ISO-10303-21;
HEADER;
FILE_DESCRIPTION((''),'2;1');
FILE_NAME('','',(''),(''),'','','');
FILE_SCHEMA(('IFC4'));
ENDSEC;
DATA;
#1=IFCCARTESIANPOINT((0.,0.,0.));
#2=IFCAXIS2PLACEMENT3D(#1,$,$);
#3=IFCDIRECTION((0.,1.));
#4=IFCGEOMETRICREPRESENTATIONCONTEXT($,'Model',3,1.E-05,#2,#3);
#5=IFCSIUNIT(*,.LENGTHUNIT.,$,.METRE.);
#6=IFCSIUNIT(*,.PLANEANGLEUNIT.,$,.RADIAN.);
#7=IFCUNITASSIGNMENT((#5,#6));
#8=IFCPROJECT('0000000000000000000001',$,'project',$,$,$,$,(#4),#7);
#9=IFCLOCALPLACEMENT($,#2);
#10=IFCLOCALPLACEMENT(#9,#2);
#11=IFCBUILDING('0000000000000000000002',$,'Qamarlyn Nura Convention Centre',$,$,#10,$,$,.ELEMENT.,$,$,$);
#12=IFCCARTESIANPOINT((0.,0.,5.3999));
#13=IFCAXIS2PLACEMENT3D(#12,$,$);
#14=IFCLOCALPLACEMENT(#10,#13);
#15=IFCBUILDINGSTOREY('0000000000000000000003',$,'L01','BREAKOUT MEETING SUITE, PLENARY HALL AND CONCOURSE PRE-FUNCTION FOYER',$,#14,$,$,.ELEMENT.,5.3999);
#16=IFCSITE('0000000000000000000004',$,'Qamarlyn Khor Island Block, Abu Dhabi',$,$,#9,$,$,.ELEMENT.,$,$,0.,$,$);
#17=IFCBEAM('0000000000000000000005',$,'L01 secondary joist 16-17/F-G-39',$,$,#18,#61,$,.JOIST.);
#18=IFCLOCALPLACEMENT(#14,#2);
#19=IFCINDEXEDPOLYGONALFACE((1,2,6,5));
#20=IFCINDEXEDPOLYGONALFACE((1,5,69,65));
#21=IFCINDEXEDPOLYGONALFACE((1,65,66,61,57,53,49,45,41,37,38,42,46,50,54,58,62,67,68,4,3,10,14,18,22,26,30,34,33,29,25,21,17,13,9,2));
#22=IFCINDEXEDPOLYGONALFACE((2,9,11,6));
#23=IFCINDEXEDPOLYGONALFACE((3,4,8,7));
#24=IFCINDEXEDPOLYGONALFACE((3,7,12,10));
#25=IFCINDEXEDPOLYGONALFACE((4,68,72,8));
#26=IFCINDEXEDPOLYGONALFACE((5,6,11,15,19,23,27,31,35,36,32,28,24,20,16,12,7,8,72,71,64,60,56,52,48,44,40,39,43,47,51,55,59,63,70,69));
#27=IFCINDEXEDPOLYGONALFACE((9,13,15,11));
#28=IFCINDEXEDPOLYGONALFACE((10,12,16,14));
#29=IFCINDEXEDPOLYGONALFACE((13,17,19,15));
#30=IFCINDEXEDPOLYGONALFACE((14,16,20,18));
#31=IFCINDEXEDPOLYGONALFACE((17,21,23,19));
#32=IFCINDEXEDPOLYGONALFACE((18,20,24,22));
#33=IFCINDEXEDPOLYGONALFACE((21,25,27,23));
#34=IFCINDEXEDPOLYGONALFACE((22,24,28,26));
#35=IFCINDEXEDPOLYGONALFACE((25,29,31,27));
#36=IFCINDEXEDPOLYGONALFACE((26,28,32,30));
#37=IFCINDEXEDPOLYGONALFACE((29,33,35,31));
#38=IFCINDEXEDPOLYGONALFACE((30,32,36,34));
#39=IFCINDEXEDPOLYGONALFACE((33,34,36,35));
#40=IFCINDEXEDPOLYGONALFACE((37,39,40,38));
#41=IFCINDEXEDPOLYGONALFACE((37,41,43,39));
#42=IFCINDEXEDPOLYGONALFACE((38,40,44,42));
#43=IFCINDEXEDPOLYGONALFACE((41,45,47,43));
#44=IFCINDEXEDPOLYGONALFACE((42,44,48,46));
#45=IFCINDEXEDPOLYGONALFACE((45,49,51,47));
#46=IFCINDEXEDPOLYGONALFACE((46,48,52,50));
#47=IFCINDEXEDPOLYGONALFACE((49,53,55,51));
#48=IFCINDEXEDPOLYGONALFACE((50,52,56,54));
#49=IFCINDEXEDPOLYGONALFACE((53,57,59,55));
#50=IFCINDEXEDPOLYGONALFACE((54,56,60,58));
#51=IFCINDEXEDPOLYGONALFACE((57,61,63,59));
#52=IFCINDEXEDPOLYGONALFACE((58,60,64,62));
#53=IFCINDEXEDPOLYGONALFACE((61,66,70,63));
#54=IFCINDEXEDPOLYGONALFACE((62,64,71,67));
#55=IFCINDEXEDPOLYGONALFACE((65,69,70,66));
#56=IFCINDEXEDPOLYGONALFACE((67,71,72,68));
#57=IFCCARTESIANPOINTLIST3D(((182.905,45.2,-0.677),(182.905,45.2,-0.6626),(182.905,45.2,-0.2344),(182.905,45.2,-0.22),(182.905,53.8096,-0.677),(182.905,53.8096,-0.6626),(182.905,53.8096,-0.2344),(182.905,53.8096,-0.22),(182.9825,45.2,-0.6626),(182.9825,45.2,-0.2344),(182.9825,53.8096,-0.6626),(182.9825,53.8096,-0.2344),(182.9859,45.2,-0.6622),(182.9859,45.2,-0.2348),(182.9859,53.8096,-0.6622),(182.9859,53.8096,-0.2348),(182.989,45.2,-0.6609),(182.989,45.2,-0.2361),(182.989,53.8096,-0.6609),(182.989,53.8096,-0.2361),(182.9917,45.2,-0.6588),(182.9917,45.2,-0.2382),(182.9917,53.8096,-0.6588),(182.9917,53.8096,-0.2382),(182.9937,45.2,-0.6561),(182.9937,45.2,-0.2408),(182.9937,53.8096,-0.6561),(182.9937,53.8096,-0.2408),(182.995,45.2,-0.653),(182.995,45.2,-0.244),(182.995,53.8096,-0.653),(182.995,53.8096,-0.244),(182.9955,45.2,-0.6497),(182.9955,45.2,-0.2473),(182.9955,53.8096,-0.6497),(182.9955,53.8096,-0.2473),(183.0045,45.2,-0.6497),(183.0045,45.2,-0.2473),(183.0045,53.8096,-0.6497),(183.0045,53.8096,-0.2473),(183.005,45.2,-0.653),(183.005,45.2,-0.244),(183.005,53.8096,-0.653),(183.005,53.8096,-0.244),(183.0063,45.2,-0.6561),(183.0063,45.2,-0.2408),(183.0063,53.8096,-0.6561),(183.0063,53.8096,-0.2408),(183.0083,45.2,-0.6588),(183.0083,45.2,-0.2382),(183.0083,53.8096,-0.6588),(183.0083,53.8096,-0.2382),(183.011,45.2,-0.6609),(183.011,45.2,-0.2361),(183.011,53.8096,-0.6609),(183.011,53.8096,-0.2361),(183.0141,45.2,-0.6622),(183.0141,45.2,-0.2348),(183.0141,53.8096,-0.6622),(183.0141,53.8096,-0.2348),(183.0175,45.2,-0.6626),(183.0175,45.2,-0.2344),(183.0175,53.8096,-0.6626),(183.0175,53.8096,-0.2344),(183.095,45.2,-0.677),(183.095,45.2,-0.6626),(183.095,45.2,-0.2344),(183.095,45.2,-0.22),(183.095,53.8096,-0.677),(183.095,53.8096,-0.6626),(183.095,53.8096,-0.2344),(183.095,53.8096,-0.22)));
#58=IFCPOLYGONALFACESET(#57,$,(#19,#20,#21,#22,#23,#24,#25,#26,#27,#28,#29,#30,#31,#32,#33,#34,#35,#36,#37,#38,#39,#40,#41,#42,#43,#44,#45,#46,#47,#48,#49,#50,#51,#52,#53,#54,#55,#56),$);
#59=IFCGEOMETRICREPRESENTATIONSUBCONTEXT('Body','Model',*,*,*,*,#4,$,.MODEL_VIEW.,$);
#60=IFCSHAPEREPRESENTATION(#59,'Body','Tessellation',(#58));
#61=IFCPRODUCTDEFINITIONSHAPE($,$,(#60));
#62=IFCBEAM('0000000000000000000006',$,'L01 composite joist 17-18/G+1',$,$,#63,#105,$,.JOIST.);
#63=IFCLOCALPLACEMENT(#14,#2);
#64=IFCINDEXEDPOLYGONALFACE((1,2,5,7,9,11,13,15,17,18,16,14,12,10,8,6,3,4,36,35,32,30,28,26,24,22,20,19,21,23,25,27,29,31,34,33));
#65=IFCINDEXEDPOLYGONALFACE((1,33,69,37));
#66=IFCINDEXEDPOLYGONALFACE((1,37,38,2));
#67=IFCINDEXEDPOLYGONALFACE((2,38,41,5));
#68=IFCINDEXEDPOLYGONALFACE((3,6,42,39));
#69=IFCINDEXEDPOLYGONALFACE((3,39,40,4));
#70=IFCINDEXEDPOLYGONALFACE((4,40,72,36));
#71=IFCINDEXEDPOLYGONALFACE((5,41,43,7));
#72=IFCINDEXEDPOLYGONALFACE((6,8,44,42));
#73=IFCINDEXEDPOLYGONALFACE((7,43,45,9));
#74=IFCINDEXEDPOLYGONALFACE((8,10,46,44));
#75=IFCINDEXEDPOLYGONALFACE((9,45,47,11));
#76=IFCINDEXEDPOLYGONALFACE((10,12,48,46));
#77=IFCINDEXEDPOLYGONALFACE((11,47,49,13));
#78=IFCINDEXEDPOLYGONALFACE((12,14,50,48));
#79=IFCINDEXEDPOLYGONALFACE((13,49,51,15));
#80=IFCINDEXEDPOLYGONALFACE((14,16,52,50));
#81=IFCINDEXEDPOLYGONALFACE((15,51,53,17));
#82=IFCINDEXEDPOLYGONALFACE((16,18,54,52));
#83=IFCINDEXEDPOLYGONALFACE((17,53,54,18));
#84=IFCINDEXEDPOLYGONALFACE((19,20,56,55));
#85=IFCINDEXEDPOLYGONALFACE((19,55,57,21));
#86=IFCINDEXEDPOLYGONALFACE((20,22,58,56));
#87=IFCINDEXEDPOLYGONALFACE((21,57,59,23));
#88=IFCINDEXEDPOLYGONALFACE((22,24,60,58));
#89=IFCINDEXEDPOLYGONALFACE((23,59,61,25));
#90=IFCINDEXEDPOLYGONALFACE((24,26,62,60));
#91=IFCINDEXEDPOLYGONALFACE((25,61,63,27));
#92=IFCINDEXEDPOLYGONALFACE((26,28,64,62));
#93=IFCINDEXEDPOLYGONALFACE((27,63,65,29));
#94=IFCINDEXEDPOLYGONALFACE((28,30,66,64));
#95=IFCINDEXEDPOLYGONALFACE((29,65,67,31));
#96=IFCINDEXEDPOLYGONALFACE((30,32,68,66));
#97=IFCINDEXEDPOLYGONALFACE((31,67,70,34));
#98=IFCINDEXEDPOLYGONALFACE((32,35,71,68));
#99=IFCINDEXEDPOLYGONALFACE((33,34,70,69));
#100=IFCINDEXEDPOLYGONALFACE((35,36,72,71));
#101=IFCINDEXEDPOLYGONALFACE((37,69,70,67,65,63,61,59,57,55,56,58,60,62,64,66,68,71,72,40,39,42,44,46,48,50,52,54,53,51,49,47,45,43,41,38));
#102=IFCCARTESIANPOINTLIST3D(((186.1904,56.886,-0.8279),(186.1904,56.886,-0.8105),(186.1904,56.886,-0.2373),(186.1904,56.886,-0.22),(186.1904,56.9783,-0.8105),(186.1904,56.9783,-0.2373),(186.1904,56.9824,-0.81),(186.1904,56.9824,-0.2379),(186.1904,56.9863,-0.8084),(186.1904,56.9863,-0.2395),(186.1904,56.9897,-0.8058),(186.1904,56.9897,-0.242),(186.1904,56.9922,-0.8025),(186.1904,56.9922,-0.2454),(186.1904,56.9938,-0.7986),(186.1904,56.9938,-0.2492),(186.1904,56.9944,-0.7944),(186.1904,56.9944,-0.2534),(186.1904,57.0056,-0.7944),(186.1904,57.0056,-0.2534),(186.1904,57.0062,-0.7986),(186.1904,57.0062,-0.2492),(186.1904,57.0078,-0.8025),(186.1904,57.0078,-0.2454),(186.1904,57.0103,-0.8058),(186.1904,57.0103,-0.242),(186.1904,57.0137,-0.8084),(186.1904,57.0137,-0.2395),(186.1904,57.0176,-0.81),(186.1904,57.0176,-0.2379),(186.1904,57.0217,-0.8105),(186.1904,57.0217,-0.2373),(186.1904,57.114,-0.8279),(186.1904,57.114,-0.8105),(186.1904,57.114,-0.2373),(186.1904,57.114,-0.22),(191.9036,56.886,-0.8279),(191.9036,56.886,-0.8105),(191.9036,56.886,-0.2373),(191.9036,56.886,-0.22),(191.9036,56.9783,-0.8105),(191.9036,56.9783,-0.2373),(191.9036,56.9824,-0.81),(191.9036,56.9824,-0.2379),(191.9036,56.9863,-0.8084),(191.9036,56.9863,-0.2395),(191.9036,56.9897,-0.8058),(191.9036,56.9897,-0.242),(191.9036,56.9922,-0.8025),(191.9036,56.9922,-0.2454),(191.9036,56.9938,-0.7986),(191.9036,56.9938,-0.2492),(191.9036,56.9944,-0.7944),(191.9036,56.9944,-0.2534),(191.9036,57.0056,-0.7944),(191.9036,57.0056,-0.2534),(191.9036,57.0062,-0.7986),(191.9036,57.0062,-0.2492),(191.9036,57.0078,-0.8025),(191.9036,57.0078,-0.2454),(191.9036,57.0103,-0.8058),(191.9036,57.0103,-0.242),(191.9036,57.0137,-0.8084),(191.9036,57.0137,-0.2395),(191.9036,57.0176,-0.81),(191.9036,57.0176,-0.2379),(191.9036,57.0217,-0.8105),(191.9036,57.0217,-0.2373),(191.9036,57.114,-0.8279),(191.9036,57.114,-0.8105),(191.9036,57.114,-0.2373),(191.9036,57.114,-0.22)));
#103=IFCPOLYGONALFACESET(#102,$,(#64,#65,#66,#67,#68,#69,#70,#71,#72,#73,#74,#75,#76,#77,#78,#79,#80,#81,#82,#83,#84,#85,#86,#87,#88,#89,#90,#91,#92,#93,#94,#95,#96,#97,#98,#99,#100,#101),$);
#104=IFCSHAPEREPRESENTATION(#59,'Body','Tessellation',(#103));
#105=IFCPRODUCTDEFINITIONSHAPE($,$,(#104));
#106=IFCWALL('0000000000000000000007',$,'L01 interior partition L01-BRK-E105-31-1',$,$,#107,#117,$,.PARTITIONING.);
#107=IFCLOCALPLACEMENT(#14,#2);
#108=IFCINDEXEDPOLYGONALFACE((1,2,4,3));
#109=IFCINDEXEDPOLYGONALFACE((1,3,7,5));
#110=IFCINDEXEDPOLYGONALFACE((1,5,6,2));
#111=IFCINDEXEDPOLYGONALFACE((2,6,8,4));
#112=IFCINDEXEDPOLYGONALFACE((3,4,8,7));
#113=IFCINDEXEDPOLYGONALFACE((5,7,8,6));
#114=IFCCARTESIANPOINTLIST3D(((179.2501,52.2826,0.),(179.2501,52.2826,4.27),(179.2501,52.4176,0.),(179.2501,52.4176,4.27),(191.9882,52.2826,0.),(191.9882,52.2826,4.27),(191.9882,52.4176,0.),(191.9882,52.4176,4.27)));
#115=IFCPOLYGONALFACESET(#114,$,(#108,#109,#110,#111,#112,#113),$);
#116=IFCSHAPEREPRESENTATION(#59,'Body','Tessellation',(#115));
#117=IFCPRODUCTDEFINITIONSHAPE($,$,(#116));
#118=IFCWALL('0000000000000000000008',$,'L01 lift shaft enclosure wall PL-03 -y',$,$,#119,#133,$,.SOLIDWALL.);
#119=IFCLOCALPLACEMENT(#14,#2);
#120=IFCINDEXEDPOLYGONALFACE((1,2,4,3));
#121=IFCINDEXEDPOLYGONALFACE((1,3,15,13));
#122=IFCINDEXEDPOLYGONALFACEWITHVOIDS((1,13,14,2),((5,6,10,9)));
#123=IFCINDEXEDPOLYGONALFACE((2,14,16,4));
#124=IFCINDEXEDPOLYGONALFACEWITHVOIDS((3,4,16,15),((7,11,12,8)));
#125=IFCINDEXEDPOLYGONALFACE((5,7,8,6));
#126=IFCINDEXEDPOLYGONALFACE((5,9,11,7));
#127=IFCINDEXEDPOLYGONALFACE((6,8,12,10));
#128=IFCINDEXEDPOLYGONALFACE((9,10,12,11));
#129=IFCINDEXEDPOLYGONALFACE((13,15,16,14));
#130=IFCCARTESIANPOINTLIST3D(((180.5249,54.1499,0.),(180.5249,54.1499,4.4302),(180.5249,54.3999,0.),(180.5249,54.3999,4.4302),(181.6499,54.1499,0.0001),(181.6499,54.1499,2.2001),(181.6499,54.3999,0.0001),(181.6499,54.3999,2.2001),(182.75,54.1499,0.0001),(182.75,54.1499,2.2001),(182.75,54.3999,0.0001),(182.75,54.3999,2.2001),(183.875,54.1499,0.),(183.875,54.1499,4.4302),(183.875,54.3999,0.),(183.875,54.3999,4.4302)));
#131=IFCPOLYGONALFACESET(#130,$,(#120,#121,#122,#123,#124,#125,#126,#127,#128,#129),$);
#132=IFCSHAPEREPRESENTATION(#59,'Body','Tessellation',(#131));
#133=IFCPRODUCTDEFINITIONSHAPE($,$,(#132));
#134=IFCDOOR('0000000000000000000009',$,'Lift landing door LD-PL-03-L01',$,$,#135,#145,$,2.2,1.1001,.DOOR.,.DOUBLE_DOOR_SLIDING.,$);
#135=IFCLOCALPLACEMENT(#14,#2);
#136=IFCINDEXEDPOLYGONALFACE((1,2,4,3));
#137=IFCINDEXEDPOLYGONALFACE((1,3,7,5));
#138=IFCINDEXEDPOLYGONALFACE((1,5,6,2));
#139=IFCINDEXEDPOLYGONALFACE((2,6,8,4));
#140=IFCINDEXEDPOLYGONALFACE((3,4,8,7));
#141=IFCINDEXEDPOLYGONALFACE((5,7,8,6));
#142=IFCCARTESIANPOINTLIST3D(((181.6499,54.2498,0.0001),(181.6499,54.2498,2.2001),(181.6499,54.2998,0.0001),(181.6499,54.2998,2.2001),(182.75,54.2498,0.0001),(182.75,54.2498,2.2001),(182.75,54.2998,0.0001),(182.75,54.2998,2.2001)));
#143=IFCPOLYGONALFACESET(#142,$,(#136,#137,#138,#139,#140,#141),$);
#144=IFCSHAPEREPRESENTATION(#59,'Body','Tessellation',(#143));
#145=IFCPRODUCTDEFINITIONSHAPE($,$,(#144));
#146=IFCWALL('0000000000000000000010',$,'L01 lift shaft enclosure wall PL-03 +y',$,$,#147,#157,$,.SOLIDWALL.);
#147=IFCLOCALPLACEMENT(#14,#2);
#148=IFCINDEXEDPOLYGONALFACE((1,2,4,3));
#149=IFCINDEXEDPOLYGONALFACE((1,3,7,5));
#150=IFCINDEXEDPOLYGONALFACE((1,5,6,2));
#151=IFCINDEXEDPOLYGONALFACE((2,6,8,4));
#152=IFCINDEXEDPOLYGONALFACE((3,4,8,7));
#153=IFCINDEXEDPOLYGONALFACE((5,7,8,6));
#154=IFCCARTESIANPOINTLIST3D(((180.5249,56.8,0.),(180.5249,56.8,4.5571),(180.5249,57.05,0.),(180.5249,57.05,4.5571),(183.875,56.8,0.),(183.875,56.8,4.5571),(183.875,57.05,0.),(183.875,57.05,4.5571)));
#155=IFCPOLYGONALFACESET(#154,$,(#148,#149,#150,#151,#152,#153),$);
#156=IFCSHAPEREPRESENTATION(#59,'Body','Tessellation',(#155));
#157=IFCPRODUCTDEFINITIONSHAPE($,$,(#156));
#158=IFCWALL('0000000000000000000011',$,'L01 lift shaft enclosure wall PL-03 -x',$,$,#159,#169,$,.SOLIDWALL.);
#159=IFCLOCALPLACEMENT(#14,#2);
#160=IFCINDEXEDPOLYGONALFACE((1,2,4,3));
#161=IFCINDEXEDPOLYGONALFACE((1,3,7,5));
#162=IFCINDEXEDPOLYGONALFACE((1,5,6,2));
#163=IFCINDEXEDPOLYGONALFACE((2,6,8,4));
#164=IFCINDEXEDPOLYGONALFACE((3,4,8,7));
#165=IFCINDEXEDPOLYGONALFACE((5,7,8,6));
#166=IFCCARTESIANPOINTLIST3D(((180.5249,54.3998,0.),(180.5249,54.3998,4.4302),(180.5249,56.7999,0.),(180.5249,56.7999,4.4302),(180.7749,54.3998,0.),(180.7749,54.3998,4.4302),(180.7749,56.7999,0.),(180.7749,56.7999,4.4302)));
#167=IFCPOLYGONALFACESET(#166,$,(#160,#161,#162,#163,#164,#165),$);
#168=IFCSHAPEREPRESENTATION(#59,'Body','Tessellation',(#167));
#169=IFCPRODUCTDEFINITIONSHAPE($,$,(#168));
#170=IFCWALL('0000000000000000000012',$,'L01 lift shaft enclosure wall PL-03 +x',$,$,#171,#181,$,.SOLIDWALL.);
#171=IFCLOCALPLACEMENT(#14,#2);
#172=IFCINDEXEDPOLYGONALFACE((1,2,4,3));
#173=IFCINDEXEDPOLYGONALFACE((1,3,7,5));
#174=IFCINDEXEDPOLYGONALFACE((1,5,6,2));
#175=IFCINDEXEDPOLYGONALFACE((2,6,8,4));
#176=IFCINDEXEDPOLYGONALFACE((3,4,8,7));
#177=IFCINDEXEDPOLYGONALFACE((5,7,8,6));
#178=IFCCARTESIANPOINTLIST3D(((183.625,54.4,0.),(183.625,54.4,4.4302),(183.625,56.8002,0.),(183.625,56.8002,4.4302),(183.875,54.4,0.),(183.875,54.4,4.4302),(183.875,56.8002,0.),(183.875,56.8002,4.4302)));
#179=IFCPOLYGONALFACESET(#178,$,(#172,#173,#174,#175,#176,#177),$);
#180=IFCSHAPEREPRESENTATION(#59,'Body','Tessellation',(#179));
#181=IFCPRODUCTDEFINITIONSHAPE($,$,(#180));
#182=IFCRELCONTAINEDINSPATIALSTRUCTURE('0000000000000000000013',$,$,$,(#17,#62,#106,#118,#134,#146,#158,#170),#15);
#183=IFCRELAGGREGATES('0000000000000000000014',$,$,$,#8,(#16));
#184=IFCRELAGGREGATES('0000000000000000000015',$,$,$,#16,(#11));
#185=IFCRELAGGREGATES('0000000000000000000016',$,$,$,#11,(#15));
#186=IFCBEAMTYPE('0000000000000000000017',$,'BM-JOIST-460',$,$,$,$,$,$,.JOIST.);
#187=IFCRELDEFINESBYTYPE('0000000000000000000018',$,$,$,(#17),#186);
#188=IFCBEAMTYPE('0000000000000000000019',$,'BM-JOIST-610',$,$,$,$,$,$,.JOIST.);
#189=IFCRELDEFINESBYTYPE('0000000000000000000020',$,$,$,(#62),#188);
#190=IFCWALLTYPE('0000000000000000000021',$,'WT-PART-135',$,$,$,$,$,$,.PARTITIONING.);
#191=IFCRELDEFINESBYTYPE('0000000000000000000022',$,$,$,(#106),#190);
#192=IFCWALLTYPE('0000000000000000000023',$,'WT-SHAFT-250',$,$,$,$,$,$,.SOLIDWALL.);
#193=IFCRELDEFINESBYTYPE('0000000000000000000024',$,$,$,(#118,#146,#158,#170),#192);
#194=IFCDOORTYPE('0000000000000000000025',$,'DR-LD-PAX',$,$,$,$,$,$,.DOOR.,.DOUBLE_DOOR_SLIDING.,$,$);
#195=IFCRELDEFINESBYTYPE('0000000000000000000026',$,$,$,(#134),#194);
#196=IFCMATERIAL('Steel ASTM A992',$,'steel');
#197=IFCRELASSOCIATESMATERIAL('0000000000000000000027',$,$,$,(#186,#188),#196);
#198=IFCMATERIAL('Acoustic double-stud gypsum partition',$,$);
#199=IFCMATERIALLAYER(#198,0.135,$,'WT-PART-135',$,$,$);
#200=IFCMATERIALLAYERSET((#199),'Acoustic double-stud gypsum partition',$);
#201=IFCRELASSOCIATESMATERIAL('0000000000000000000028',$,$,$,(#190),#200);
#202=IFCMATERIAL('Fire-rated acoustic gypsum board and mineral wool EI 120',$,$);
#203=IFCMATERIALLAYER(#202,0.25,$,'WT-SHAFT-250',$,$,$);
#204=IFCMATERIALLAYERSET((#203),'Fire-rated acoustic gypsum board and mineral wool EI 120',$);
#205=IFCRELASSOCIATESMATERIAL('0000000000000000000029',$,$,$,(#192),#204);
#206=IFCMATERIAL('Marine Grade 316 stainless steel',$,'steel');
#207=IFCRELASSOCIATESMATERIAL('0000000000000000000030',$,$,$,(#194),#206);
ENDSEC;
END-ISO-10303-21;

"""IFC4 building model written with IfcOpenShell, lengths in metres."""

from ifc_helpers import new_model, si_unit, direction, frame, frame_2d, origin, origin_2d, place, context, subcontext, project, spatial, rectangle, i_section, extrude, material, layer, layer_set, material_profile, profile_set, type_object, element, fill, save


model = new_model("IFC4")

# Units and contexts
model_context = context("Model", 3, precision=1e-05, world=origin(), true_north=direction((0.0, 1.0)))
body_context = subcontext(model_context, "Body", "Model", "MODEL_VIEW")
ifc_project = project(units=[si_unit("LENGTHUNIT", "METRE"), si_unit("PLANEANGLEUNIT", "RADIAN")], contexts=[model_context])

# Site, building, storey
site_placement = place(None, origin())
site = spatial("IfcSite", under=ifc_project, at=site_placement, Name="Qamarlyn Khor Island Block, Abu Dhabi", CompositionType="ELEMENT", RefElevation=0.0)
building_placement = place(site_placement, origin())
building = spatial("IfcBuilding", under=site, at=building_placement, Name="Qamarlyn Nura Convention Centre", CompositionType="ELEMENT")
storey_placement = place(building_placement, frame((0.0, 0.0, 5.3999)))
storey = spatial("IfcBuildingStorey", under=building, at=storey_placement, Name="L01", Description="BREAKOUT MEETING SUITE, PLENARY HALL AND CONCOURSE PRE-FUNCTION FOYER", CompositionType="ELEMENT", Elevation=5.3999)

# Shared definitions
ifc_material_1 = material(Name="Steel ASTM A992", Category="steel")

# Beams
ifc_material_profile_1 = material_profile(ifc_material_1, i_section(OverallWidth=0.1899, OverallDepth=0.457, WebThickness=0.009, FlangeThickness=0.0144, FilletRadius=0.0129, at=origin_2d()), Name="W460X74")
ifc_profile_set_1 = profile_set([ifc_material_profile_1], Name="Steel ASTM A992")
beam_type_1 = type_object("IfcBeamType", Name="BM-JOIST-460", PredefinedType="JOIST", material=ifc_profile_set_1)
beam_1_placement = place(storey_placement, frame((183.0, 45.2, -0.4485), z_axis=(0.0, 1.0, 0.0), x_axis=(-1.0, 0.0, 0.0)))
element("IfcBeam", 1, at=beam_1_placement, inside=storey, type_object=beam_type_1, Name="L01 secondary joist 16-17/F-G-39", PredefinedType="JOIST", context=body_context, shape_type="SweptSolid", body=[
    extrude(i_section(OverallWidth=0.1899, OverallDepth=0.457, WebThickness=0.009, FlangeThickness=0.0144, FilletRadius=0.0129, at=origin_2d()), origin(), (0.0, 0.0, 1.0), 8.6096),
])
ifc_material_profile_2 = material_profile(ifc_material_1, i_section(OverallWidth=0.228, OverallDepth=0.6079, WebThickness=0.0112, FlangeThickness=0.0173, FilletRadius=0.0161, at=origin_2d()), Name="W610X113")
ifc_profile_set_2 = profile_set([ifc_material_profile_2], Name="Steel ASTM A992")
beam_type_2 = type_object("IfcBeamType", Name="BM-JOIST-610", PredefinedType="JOIST", material=ifc_profile_set_2)
beam_2_placement = place(storey_placement, frame((186.1904, 57.0, -0.5239), z_axis=(1.0, 0.0, 0.0), x_axis=(0.0, 1.0, 0.0)))
element("IfcBeam", 2, at=beam_2_placement, inside=storey, type_object=beam_type_2, Name="L01 composite joist 17-18/G+1", PredefinedType="JOIST", context=body_context, shape_type="SweptSolid", body=[
    extrude(i_section(OverallWidth=0.228, OverallDepth=0.6079, WebThickness=0.0112, FlangeThickness=0.0173, FilletRadius=0.0161, at=origin_2d()), origin(), (0.0, 0.0, 1.0), 5.7131),
])

# Wall
ifc_material_2 = material(Name="Acoustic double-stud gypsum partition")
ifc_layer_1 = layer(ifc_material_2, 0.135, Name="WT-PART-135")
ifc_layer_set_1 = layer_set([ifc_layer_1], Name="Acoustic double-stud gypsum partition")
wall_type_1 = type_object("IfcWallType", Name="WT-PART-135", PredefinedType="PARTITIONING", material=ifc_layer_set_1)
wall_1_placement = place(storey_placement, frame((179.25, 52.3501, 0.0), z_axis=(0.0, 0.0, 1.0), x_axis=(1.0, 0.0, 0.0)))
element("IfcWall", 3, at=wall_1_placement, inside=storey, type_object=wall_type_1, Name="L01 interior partition L01-BRK-E105-31-1", PredefinedType="PARTITIONING", context=body_context, shape_type="SweptSolid", body=[
    extrude(rectangle(XDim=12.738, YDim=0.135, at=frame_2d((6.3691, 0.0))), origin(), (0.0, 0.0, 1.0), 4.27),
])

# Wall, opening, door
ifc_material_3 = material(Name="Fire-rated acoustic gypsum board and mineral wool EI 120")
ifc_layer_2 = layer(ifc_material_3, 0.25, Name="WT-SHAFT-250")
ifc_layer_set_2 = layer_set([ifc_layer_2], Name="Fire-rated acoustic gypsum board and mineral wool EI 120")
wall_type_2 = type_object("IfcWallType", Name="WT-SHAFT-250", PredefinedType="SOLIDWALL", material=ifc_layer_set_2)
wall_2_placement = place(storey_placement, frame((180.5249, 54.2749, 0.0), z_axis=(0.0, 0.0, 1.0), x_axis=(1.0, 0.0, 0.0)))
wall_2 = element("IfcWall", 4, at=wall_2_placement, inside=storey, type_object=wall_type_2, Name="L01 lift shaft enclosure wall PL-03 -y", PredefinedType="SOLIDWALL", context=body_context, shape_type="SweptSolid", body=[
    extrude(rectangle(XDim=3.3501, YDim=0.25, at=frame_2d((1.675, 0.0))), origin(), (0.0, 0.0, 1.0), 4.4302),
])
opening_1_placement = place(wall_2_placement, frame((1.125, 0.0, 0.0)))
opening_1 = element("IfcOpeningElement", 5, at=opening_1_placement, cuts=wall_2, PredefinedType="OPENING", context=body_context, shape_type="SweptSolid", body=[
    extrude(rectangle(XDim=1.1001, YDim=2.2, at=frame_2d((0.55, 1.1001))), frame((0.0, 0.135, 0.0), z_axis=(0.0, -1.0, 0.0), x_axis=(1.0, 0.0, 0.0)), (0.0, 0.0, 1.0), 0.27),
])
ifc_material_4 = material(Name="Marine Grade 316 stainless steel", Category="steel")
door_type = type_object("IfcDoorType", Name="DR-LD-PAX", OperationType="DOUBLE_DOOR_SLIDING", PredefinedType="DOOR", material=ifc_material_4)
door_1_placement = place(opening_1_placement, origin())
door_1 = element("IfcDoor", 6, at=door_1_placement, inside=storey, type_object=door_type, Name="Lift landing door LD-PL-03-L01", OperationType="DOUBLE_DOOR_SLIDING", OverallHeight=2.2, OverallWidth=1.1001, PredefinedType="DOOR", context=body_context, shape_type="SweptSolid", body=[
    extrude(rectangle(XDim=1.1001, YDim=2.2, at=frame_2d((0.55, 1.1001))), frame((0.0, 0.0249, 0.0), z_axis=(0.0, -1.0, 0.0), x_axis=(1.0, 0.0, 0.0)), (0.0, 0.0, 1.0), 0.05),
])
fill(opening_1, door_1)

# Walls
wall_3_placement = place(storey_placement, frame((183.875, 56.925, 0.0), z_axis=(0.0, 0.0, 1.0), x_axis=(-1.0, 0.0, 0.0)))
element("IfcWall", 7, at=wall_3_placement, inside=storey, type_object=wall_type_2, Name="L01 lift shaft enclosure wall PL-03 +y", PredefinedType="SOLIDWALL", context=body_context, shape_type="SweptSolid", body=[
    extrude(rectangle(XDim=3.3501, YDim=0.25, at=frame_2d((1.675, 0.0))), origin(), (0.0, 0.0, 1.0), 4.5571),
])
for number, where, z_axis, x_axis, name in (
    (8, (180.6499, 56.8, 0.0), (0.0, 0.0, 1.0), (0.0, -1.0, 0.0), "L01 lift shaft enclosure wall PL-03 -x"),
    (9, (183.75, 54.3999, 0.0), (0.0, 0.0, 1.0), (0.0, 1.0, 0.0), "L01 lift shaft enclosure wall PL-03 +x"),
):
    element("IfcWall", number, at=place(storey_placement, frame(where, z_axis=z_axis, x_axis=x_axis)), inside=storey, type_object=wall_type_2, Name=name, PredefinedType="SOLIDWALL", context=body_context, shape_type="SweptSolid", body=[
        extrude(rectangle(XDim=2.4001, YDim=0.25, at=frame_2d((1.2002, 0.0))), origin(), (0.0, 0.0, 1.0), 4.4302),
    ])

save(model, "model.ifc")
